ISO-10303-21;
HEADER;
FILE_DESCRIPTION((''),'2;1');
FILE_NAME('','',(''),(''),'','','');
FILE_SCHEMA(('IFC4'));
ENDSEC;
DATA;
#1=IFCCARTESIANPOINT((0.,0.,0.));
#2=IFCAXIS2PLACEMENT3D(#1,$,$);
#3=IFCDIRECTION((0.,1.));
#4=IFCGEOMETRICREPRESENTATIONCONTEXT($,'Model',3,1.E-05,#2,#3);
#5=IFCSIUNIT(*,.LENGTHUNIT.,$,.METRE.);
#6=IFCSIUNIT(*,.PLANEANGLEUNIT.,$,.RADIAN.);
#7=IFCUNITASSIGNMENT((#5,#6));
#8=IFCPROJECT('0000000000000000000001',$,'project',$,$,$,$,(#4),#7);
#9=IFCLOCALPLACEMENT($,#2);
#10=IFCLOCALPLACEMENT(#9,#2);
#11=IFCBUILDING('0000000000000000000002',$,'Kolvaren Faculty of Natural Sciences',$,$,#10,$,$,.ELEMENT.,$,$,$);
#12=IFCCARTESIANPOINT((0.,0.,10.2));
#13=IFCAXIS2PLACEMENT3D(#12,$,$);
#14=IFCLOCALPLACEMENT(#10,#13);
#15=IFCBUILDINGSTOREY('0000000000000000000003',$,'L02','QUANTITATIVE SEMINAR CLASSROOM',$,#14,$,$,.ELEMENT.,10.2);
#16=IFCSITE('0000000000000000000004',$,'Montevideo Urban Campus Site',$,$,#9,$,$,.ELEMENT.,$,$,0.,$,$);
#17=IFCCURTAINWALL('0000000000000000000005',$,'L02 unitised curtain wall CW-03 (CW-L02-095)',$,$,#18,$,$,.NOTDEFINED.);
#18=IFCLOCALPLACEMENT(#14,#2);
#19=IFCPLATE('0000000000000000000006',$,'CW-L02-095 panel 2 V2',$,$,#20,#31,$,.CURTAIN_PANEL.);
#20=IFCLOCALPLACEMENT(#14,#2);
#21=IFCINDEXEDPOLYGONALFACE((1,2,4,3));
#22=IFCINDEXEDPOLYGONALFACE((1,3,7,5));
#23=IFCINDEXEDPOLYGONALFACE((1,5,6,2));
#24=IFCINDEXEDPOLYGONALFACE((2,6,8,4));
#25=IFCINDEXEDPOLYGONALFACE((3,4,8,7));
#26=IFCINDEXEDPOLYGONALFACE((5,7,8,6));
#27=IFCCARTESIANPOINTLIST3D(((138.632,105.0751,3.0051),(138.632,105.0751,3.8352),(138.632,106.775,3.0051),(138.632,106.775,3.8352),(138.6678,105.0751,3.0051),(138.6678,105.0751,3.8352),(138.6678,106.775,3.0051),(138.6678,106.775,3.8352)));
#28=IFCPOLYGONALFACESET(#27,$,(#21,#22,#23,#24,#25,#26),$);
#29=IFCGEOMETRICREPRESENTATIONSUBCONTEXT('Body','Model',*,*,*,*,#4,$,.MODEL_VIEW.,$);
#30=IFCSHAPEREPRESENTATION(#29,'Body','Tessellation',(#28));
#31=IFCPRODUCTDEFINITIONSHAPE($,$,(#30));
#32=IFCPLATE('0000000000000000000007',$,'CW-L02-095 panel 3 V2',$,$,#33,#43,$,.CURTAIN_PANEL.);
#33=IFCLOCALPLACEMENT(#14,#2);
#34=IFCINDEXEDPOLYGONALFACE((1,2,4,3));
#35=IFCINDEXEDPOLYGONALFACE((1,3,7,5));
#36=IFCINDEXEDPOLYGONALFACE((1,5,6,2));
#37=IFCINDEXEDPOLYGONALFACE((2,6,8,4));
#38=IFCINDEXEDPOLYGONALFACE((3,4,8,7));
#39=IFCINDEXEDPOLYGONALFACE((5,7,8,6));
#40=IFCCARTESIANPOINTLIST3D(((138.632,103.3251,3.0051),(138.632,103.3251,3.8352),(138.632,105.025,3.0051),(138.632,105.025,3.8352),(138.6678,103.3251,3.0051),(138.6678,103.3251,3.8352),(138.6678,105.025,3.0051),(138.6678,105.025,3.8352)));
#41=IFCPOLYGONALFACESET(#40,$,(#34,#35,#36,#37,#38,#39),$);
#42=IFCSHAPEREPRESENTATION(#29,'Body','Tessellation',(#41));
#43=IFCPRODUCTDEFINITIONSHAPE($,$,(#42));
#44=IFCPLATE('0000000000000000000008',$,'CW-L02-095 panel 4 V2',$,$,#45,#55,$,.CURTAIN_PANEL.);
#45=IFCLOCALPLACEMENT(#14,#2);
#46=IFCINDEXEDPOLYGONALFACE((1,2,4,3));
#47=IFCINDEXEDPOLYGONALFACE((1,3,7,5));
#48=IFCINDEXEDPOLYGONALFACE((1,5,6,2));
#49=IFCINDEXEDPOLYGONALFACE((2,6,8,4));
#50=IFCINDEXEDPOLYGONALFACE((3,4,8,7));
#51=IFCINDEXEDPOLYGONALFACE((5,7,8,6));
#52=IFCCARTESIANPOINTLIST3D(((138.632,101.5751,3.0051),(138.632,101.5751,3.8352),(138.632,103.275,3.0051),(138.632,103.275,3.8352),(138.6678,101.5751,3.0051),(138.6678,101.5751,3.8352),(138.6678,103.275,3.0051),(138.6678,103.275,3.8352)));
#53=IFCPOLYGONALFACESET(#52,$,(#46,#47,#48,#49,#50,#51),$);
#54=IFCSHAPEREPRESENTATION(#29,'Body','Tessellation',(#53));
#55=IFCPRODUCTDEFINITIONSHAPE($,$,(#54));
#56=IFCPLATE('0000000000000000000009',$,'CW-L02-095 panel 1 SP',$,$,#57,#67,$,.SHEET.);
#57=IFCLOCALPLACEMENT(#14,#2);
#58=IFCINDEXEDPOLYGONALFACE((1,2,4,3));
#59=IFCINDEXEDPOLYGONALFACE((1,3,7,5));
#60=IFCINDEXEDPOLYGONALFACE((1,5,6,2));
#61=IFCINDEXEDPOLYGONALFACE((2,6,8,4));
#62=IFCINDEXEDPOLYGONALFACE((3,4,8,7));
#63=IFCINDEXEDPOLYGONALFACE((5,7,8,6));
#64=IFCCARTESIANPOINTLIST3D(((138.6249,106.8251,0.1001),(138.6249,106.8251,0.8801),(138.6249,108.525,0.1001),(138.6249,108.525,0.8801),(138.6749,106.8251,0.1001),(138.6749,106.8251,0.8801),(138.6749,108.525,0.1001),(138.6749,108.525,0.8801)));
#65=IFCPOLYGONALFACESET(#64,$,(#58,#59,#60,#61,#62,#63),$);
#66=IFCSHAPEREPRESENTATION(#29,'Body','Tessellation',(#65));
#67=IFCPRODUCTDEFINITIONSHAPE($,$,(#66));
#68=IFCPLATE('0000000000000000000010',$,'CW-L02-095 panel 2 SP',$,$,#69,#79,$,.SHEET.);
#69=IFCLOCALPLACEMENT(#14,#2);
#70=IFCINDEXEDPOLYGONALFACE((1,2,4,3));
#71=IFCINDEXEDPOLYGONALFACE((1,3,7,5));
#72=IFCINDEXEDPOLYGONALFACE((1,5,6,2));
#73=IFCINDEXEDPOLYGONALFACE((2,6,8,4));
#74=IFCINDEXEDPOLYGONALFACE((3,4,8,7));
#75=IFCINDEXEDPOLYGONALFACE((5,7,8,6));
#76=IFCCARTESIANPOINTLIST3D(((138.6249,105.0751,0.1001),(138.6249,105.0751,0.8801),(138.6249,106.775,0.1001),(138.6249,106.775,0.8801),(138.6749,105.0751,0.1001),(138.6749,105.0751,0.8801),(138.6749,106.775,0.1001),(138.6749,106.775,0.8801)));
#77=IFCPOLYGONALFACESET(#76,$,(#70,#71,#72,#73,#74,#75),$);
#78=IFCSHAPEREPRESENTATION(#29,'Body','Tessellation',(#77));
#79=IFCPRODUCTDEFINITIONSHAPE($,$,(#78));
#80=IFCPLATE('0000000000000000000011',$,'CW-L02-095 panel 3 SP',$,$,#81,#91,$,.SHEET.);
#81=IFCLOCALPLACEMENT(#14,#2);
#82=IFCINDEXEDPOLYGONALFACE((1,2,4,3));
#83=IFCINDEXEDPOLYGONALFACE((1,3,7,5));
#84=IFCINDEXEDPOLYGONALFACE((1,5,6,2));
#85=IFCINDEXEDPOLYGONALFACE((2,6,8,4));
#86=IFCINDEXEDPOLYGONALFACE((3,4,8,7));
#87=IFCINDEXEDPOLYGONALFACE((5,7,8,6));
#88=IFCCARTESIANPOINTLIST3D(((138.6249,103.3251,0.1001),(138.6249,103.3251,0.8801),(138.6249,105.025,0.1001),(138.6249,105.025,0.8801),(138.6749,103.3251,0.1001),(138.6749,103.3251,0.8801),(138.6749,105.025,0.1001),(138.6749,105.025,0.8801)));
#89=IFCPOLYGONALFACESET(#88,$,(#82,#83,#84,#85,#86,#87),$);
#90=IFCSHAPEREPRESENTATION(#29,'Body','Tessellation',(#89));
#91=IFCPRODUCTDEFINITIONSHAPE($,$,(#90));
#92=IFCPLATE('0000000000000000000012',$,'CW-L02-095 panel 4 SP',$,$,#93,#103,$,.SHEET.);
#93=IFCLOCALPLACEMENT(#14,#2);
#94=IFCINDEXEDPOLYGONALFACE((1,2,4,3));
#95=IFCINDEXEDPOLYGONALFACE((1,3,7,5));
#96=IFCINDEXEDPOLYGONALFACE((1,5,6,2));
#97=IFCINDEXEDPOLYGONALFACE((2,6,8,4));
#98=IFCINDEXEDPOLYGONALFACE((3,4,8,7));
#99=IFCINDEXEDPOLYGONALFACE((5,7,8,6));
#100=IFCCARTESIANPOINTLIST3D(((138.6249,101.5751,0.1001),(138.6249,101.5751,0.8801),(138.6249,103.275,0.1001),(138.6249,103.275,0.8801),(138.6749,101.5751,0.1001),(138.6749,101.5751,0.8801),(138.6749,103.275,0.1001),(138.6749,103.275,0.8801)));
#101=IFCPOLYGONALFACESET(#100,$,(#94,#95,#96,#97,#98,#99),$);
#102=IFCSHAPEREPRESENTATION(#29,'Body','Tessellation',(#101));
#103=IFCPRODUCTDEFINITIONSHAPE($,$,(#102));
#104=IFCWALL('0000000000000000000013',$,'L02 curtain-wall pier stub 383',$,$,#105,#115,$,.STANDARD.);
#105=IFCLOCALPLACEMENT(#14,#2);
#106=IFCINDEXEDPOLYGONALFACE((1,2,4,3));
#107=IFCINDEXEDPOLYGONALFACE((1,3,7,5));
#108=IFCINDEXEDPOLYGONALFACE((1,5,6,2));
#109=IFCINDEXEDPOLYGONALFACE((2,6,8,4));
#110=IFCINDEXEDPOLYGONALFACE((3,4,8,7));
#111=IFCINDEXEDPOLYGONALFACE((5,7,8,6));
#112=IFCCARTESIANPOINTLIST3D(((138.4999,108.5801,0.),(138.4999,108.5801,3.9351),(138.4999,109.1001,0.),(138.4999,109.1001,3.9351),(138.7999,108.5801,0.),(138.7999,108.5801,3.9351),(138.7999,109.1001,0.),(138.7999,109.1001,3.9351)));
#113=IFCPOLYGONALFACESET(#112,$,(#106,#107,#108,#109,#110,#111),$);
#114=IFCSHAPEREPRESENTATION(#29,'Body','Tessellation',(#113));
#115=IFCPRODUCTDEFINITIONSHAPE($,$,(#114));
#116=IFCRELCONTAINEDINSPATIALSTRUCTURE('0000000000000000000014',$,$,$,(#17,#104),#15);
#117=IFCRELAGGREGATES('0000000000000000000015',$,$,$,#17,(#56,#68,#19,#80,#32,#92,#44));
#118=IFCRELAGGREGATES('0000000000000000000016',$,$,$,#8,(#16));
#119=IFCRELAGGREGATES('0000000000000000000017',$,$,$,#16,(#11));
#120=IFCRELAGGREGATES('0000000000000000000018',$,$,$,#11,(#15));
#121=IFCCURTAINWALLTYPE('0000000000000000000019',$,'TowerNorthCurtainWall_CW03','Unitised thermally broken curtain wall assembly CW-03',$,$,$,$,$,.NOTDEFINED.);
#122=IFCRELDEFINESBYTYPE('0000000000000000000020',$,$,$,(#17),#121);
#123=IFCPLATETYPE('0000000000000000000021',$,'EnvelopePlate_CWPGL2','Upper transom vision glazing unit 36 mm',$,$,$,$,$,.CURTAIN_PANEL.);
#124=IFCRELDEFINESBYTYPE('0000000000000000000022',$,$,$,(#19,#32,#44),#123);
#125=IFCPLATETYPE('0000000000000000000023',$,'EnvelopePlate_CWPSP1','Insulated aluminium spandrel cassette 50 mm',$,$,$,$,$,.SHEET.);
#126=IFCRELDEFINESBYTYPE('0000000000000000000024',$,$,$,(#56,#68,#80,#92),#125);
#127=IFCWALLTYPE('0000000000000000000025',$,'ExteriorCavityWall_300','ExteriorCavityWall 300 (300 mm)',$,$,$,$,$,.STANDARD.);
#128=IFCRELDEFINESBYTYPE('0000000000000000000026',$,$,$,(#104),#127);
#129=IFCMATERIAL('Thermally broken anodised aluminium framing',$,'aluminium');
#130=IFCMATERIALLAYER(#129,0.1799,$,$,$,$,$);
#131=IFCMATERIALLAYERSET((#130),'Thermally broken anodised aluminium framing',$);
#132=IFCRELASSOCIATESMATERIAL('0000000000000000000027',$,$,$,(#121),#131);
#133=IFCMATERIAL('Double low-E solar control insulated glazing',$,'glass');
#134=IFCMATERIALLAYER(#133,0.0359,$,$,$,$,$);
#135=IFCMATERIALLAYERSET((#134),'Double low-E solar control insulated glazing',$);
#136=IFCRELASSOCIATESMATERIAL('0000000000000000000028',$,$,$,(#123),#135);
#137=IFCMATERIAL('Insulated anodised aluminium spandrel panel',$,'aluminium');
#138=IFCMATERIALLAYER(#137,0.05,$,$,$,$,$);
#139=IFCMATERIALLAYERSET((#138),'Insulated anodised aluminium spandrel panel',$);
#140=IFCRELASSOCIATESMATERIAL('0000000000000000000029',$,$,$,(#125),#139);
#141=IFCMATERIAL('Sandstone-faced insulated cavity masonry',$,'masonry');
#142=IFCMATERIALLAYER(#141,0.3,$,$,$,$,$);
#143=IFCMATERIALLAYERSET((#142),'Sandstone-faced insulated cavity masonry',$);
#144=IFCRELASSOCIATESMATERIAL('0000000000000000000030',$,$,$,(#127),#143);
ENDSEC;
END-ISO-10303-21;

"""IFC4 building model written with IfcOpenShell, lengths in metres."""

from ifc_helpers import new_model, si_unit, direction, frame, frame_2d, origin, origin_2d, place, context, subcontext, project, spatial, rectangle, extrude, material, layer, layer_set, type_object, element, aggregate, save


model = new_model("IFC4")

# Units and contexts
model_context = context("Model", 3, precision=1e-05, world=origin(), true_north=direction((0.0, 1.0)))
body_context = subcontext(model_context, "Body", "Model", "MODEL_VIEW")
ifc_project = project(units=[si_unit("LENGTHUNIT", "METRE"), si_unit("PLANEANGLEUNIT", "RADIAN")], contexts=[model_context])

# Site, building, storey
site_placement = place(None, origin())
site = spatial("IfcSite", under=ifc_project, at=site_placement, Name="Montevideo Urban Campus Site", CompositionType="ELEMENT", RefElevation=0.0)
building_placement = place(site_placement, origin())
building = spatial("IfcBuilding", under=site, at=building_placement, Name="Kolvaren Faculty of Natural Sciences", CompositionType="ELEMENT")
storey_placement = place(building_placement, frame((0.0, 0.0, 10.2)))
storey = spatial("IfcBuildingStorey", under=building, at=storey_placement, Name="L02", Description="QUANTITATIVE SEMINAR CLASSROOM", CompositionType="ELEMENT", Elevation=10.2)

# Curtain wall, plates
ifc_material_1 = material(Name="Thermally broken anodised aluminium framing", Category="aluminium")
ifc_layer_1 = layer(ifc_material_1, 0.1799)
ifc_layer_set_1 = layer_set([ifc_layer_1], Name="Thermally broken anodised aluminium framing")
curtain_wall_type = type_object("IfcCurtainWallType", Name="TowerNorthCurtainWall_CW03", Description="Unitised thermally broken curtain wall assembly CW-03", PredefinedType="NOTDEFINED", material=ifc_layer_set_1)
curtain_wall_placement = place(storey_placement, origin())
curtain_wall = element("IfcCurtainWall", 1, at=curtain_wall_placement, inside=storey, type_object=curtain_wall_type, Name="L02 unitised curtain wall CW-03 (CW-L02-095)", PredefinedType="NOTDEFINED")
ifc_material_2 = material(Name="Double low-E solar control insulated glazing", Category="glass")
ifc_layer_2 = layer(ifc_material_2, 0.0359)
ifc_layer_set_2 = layer_set([ifc_layer_2], Name="Double low-E solar control insulated glazing")
plate_type_1 = type_object("IfcPlateType", Name="EnvelopePlate_CWPGL2", Description="Upper transom vision glazing unit 36 mm", PredefinedType="CURTAIN_PANEL", material=ifc_layer_set_2)
plate_1_placement = place(storey_placement, frame((138.6499, 105.925, 3.0051), z_axis=(0.0, 0.0, 1.0), x_axis=(0.0, -1.0, 0.0)))
plate_1 = element("IfcPlate", 2, at=plate_1_placement, type_object=plate_type_1, Name="CW-L02-095 panel 2 V2", PredefinedType="CURTAIN_PANEL", context=body_context, shape_type="SweptSolid", body=[
    extrude(rectangle(XDim=1.7, YDim=0.0359, at=origin_2d()), origin(), (0.0, 0.0, 1.0), 0.8301),
])
plate_2_placement = place(storey_placement, frame((138.6499, 104.175, 3.0051), z_axis=(0.0, 0.0, 1.0), x_axis=(0.0, -1.0, 0.0)))
plate_2 = element("IfcPlate", 3, at=plate_2_placement, type_object=plate_type_1, Name="CW-L02-095 panel 3 V2", PredefinedType="CURTAIN_PANEL", context=body_context, shape_type="SweptSolid", body=[
    extrude(rectangle(XDim=1.7, YDim=0.0359, at=origin_2d()), origin(), (0.0, 0.0, 1.0), 0.8301),
])
plate_3_placement = place(storey_placement, frame((138.6499, 102.425, 3.0051), z_axis=(0.0, 0.0, 1.0), x_axis=(0.0, -1.0, 0.0)))
plate_3 = element("IfcPlate", 4, at=plate_3_placement, type_object=plate_type_1, Name="CW-L02-095 panel 4 V2", PredefinedType="CURTAIN_PANEL", context=body_context, shape_type="SweptSolid", body=[
    extrude(rectangle(XDim=1.7, YDim=0.0359, at=origin_2d()), origin(), (0.0, 0.0, 1.0), 0.8301),
])
ifc_material_3 = material(Name="Insulated anodised aluminium spandrel panel", Category="aluminium")
ifc_layer_3 = layer(ifc_material_3, 0.05)
ifc_layer_set_3 = layer_set([ifc_layer_3], Name="Insulated anodised aluminium spandrel panel")
plate_type_2 = type_object("IfcPlateType", Name="EnvelopePlate_CWPSP1", Description="Insulated aluminium spandrel cassette 50 mm", PredefinedType="SHEET", material=ifc_layer_set_3)
plate_4_placement = place(storey_placement, frame((138.6499, 107.675, 0.1001), z_axis=(0.0, 0.0, 1.0), x_axis=(0.0, -1.0, 0.0)))
plate_4 = element("IfcPlate", 5, at=plate_4_placement, type_object=plate_type_2, Name="CW-L02-095 panel 1 SP", PredefinedType="SHEET", context=body_context, shape_type="SweptSolid", body=[
    extrude(rectangle(XDim=1.7, YDim=0.05, at=origin_2d()), origin(), (0.0, 0.0, 1.0), 0.78),
])
plate_5_placement = place(storey_placement, frame((138.6499, 105.925, 0.1001), z_axis=(0.0, 0.0, 1.0), x_axis=(0.0, -1.0, 0.0)))
plate_5 = element("IfcPlate", 6, at=plate_5_placement, type_object=plate_type_2, Name="CW-L02-095 panel 2 SP", PredefinedType="SHEET", context=body_context, shape_type="SweptSolid", body=[
    extrude(rectangle(XDim=1.7, YDim=0.05, at=origin_2d()), origin(), (0.0, 0.0, 1.0), 0.78),
])
plate_6_placement = place(storey_placement, frame((138.6499, 104.175, 0.1001), z_axis=(0.0, 0.0, 1.0), x_axis=(0.0, -1.0, 0.0)))
plate_6 = element("IfcPlate", 7, at=plate_6_placement, type_object=plate_type_2, Name="CW-L02-095 panel 3 SP", PredefinedType="SHEET", context=body_context, shape_type="SweptSolid", body=[
    extrude(rectangle(XDim=1.7, YDim=0.05, at=origin_2d()), origin(), (0.0, 0.0, 1.0), 0.78),
])
plate_7_placement = place(storey_placement, frame((138.6499, 102.425, 0.1001), z_axis=(0.0, 0.0, 1.0), x_axis=(0.0, -1.0, 0.0)))
plate_7 = element("IfcPlate", 8, at=plate_7_placement, type_object=plate_type_2, Name="CW-L02-095 panel 4 SP", PredefinedType="SHEET", context=body_context, shape_type="SweptSolid", body=[
    extrude(rectangle(XDim=1.7, YDim=0.05, at=origin_2d()), origin(), (0.0, 0.0, 1.0), 0.78),
])
aggregate(curtain_wall, [plate_4, plate_5, plate_1, plate_6, plate_2, plate_7, plate_3])

# Wall
ifc_material_4 = material(Name="Sandstone-faced insulated cavity masonry", Category="masonry")
ifc_layer_4 = layer(ifc_material_4, 0.3)
ifc_layer_set_4 = layer_set([ifc_layer_4], Name="Sandstone-faced insulated cavity masonry")
wall_type = type_object("IfcWallType", Name="ExteriorCavityWall_300", Description="ExteriorCavityWall 300 (300 mm)", PredefinedType="STANDARD", material=ifc_layer_set_4)
wall_placement = place(storey_placement, frame((138.6499, 109.1001, 0.0), z_axis=(0.0, 0.0, 1.0), x_axis=(0.0, -1.0, 0.0)))
element("IfcWall", 9, at=wall_placement, inside=storey, type_object=wall_type, Name="L02 curtain-wall pier stub 383", PredefinedType="STANDARD", context=body_context, shape_type="SweptSolid", body=[
    extrude(rectangle(XDim=0.52, YDim=0.3, at=frame_2d((0.26, 0.0))), origin(), (0.0, 0.0, 1.0), 3.9351),
])

save(model, "model.ifc")
